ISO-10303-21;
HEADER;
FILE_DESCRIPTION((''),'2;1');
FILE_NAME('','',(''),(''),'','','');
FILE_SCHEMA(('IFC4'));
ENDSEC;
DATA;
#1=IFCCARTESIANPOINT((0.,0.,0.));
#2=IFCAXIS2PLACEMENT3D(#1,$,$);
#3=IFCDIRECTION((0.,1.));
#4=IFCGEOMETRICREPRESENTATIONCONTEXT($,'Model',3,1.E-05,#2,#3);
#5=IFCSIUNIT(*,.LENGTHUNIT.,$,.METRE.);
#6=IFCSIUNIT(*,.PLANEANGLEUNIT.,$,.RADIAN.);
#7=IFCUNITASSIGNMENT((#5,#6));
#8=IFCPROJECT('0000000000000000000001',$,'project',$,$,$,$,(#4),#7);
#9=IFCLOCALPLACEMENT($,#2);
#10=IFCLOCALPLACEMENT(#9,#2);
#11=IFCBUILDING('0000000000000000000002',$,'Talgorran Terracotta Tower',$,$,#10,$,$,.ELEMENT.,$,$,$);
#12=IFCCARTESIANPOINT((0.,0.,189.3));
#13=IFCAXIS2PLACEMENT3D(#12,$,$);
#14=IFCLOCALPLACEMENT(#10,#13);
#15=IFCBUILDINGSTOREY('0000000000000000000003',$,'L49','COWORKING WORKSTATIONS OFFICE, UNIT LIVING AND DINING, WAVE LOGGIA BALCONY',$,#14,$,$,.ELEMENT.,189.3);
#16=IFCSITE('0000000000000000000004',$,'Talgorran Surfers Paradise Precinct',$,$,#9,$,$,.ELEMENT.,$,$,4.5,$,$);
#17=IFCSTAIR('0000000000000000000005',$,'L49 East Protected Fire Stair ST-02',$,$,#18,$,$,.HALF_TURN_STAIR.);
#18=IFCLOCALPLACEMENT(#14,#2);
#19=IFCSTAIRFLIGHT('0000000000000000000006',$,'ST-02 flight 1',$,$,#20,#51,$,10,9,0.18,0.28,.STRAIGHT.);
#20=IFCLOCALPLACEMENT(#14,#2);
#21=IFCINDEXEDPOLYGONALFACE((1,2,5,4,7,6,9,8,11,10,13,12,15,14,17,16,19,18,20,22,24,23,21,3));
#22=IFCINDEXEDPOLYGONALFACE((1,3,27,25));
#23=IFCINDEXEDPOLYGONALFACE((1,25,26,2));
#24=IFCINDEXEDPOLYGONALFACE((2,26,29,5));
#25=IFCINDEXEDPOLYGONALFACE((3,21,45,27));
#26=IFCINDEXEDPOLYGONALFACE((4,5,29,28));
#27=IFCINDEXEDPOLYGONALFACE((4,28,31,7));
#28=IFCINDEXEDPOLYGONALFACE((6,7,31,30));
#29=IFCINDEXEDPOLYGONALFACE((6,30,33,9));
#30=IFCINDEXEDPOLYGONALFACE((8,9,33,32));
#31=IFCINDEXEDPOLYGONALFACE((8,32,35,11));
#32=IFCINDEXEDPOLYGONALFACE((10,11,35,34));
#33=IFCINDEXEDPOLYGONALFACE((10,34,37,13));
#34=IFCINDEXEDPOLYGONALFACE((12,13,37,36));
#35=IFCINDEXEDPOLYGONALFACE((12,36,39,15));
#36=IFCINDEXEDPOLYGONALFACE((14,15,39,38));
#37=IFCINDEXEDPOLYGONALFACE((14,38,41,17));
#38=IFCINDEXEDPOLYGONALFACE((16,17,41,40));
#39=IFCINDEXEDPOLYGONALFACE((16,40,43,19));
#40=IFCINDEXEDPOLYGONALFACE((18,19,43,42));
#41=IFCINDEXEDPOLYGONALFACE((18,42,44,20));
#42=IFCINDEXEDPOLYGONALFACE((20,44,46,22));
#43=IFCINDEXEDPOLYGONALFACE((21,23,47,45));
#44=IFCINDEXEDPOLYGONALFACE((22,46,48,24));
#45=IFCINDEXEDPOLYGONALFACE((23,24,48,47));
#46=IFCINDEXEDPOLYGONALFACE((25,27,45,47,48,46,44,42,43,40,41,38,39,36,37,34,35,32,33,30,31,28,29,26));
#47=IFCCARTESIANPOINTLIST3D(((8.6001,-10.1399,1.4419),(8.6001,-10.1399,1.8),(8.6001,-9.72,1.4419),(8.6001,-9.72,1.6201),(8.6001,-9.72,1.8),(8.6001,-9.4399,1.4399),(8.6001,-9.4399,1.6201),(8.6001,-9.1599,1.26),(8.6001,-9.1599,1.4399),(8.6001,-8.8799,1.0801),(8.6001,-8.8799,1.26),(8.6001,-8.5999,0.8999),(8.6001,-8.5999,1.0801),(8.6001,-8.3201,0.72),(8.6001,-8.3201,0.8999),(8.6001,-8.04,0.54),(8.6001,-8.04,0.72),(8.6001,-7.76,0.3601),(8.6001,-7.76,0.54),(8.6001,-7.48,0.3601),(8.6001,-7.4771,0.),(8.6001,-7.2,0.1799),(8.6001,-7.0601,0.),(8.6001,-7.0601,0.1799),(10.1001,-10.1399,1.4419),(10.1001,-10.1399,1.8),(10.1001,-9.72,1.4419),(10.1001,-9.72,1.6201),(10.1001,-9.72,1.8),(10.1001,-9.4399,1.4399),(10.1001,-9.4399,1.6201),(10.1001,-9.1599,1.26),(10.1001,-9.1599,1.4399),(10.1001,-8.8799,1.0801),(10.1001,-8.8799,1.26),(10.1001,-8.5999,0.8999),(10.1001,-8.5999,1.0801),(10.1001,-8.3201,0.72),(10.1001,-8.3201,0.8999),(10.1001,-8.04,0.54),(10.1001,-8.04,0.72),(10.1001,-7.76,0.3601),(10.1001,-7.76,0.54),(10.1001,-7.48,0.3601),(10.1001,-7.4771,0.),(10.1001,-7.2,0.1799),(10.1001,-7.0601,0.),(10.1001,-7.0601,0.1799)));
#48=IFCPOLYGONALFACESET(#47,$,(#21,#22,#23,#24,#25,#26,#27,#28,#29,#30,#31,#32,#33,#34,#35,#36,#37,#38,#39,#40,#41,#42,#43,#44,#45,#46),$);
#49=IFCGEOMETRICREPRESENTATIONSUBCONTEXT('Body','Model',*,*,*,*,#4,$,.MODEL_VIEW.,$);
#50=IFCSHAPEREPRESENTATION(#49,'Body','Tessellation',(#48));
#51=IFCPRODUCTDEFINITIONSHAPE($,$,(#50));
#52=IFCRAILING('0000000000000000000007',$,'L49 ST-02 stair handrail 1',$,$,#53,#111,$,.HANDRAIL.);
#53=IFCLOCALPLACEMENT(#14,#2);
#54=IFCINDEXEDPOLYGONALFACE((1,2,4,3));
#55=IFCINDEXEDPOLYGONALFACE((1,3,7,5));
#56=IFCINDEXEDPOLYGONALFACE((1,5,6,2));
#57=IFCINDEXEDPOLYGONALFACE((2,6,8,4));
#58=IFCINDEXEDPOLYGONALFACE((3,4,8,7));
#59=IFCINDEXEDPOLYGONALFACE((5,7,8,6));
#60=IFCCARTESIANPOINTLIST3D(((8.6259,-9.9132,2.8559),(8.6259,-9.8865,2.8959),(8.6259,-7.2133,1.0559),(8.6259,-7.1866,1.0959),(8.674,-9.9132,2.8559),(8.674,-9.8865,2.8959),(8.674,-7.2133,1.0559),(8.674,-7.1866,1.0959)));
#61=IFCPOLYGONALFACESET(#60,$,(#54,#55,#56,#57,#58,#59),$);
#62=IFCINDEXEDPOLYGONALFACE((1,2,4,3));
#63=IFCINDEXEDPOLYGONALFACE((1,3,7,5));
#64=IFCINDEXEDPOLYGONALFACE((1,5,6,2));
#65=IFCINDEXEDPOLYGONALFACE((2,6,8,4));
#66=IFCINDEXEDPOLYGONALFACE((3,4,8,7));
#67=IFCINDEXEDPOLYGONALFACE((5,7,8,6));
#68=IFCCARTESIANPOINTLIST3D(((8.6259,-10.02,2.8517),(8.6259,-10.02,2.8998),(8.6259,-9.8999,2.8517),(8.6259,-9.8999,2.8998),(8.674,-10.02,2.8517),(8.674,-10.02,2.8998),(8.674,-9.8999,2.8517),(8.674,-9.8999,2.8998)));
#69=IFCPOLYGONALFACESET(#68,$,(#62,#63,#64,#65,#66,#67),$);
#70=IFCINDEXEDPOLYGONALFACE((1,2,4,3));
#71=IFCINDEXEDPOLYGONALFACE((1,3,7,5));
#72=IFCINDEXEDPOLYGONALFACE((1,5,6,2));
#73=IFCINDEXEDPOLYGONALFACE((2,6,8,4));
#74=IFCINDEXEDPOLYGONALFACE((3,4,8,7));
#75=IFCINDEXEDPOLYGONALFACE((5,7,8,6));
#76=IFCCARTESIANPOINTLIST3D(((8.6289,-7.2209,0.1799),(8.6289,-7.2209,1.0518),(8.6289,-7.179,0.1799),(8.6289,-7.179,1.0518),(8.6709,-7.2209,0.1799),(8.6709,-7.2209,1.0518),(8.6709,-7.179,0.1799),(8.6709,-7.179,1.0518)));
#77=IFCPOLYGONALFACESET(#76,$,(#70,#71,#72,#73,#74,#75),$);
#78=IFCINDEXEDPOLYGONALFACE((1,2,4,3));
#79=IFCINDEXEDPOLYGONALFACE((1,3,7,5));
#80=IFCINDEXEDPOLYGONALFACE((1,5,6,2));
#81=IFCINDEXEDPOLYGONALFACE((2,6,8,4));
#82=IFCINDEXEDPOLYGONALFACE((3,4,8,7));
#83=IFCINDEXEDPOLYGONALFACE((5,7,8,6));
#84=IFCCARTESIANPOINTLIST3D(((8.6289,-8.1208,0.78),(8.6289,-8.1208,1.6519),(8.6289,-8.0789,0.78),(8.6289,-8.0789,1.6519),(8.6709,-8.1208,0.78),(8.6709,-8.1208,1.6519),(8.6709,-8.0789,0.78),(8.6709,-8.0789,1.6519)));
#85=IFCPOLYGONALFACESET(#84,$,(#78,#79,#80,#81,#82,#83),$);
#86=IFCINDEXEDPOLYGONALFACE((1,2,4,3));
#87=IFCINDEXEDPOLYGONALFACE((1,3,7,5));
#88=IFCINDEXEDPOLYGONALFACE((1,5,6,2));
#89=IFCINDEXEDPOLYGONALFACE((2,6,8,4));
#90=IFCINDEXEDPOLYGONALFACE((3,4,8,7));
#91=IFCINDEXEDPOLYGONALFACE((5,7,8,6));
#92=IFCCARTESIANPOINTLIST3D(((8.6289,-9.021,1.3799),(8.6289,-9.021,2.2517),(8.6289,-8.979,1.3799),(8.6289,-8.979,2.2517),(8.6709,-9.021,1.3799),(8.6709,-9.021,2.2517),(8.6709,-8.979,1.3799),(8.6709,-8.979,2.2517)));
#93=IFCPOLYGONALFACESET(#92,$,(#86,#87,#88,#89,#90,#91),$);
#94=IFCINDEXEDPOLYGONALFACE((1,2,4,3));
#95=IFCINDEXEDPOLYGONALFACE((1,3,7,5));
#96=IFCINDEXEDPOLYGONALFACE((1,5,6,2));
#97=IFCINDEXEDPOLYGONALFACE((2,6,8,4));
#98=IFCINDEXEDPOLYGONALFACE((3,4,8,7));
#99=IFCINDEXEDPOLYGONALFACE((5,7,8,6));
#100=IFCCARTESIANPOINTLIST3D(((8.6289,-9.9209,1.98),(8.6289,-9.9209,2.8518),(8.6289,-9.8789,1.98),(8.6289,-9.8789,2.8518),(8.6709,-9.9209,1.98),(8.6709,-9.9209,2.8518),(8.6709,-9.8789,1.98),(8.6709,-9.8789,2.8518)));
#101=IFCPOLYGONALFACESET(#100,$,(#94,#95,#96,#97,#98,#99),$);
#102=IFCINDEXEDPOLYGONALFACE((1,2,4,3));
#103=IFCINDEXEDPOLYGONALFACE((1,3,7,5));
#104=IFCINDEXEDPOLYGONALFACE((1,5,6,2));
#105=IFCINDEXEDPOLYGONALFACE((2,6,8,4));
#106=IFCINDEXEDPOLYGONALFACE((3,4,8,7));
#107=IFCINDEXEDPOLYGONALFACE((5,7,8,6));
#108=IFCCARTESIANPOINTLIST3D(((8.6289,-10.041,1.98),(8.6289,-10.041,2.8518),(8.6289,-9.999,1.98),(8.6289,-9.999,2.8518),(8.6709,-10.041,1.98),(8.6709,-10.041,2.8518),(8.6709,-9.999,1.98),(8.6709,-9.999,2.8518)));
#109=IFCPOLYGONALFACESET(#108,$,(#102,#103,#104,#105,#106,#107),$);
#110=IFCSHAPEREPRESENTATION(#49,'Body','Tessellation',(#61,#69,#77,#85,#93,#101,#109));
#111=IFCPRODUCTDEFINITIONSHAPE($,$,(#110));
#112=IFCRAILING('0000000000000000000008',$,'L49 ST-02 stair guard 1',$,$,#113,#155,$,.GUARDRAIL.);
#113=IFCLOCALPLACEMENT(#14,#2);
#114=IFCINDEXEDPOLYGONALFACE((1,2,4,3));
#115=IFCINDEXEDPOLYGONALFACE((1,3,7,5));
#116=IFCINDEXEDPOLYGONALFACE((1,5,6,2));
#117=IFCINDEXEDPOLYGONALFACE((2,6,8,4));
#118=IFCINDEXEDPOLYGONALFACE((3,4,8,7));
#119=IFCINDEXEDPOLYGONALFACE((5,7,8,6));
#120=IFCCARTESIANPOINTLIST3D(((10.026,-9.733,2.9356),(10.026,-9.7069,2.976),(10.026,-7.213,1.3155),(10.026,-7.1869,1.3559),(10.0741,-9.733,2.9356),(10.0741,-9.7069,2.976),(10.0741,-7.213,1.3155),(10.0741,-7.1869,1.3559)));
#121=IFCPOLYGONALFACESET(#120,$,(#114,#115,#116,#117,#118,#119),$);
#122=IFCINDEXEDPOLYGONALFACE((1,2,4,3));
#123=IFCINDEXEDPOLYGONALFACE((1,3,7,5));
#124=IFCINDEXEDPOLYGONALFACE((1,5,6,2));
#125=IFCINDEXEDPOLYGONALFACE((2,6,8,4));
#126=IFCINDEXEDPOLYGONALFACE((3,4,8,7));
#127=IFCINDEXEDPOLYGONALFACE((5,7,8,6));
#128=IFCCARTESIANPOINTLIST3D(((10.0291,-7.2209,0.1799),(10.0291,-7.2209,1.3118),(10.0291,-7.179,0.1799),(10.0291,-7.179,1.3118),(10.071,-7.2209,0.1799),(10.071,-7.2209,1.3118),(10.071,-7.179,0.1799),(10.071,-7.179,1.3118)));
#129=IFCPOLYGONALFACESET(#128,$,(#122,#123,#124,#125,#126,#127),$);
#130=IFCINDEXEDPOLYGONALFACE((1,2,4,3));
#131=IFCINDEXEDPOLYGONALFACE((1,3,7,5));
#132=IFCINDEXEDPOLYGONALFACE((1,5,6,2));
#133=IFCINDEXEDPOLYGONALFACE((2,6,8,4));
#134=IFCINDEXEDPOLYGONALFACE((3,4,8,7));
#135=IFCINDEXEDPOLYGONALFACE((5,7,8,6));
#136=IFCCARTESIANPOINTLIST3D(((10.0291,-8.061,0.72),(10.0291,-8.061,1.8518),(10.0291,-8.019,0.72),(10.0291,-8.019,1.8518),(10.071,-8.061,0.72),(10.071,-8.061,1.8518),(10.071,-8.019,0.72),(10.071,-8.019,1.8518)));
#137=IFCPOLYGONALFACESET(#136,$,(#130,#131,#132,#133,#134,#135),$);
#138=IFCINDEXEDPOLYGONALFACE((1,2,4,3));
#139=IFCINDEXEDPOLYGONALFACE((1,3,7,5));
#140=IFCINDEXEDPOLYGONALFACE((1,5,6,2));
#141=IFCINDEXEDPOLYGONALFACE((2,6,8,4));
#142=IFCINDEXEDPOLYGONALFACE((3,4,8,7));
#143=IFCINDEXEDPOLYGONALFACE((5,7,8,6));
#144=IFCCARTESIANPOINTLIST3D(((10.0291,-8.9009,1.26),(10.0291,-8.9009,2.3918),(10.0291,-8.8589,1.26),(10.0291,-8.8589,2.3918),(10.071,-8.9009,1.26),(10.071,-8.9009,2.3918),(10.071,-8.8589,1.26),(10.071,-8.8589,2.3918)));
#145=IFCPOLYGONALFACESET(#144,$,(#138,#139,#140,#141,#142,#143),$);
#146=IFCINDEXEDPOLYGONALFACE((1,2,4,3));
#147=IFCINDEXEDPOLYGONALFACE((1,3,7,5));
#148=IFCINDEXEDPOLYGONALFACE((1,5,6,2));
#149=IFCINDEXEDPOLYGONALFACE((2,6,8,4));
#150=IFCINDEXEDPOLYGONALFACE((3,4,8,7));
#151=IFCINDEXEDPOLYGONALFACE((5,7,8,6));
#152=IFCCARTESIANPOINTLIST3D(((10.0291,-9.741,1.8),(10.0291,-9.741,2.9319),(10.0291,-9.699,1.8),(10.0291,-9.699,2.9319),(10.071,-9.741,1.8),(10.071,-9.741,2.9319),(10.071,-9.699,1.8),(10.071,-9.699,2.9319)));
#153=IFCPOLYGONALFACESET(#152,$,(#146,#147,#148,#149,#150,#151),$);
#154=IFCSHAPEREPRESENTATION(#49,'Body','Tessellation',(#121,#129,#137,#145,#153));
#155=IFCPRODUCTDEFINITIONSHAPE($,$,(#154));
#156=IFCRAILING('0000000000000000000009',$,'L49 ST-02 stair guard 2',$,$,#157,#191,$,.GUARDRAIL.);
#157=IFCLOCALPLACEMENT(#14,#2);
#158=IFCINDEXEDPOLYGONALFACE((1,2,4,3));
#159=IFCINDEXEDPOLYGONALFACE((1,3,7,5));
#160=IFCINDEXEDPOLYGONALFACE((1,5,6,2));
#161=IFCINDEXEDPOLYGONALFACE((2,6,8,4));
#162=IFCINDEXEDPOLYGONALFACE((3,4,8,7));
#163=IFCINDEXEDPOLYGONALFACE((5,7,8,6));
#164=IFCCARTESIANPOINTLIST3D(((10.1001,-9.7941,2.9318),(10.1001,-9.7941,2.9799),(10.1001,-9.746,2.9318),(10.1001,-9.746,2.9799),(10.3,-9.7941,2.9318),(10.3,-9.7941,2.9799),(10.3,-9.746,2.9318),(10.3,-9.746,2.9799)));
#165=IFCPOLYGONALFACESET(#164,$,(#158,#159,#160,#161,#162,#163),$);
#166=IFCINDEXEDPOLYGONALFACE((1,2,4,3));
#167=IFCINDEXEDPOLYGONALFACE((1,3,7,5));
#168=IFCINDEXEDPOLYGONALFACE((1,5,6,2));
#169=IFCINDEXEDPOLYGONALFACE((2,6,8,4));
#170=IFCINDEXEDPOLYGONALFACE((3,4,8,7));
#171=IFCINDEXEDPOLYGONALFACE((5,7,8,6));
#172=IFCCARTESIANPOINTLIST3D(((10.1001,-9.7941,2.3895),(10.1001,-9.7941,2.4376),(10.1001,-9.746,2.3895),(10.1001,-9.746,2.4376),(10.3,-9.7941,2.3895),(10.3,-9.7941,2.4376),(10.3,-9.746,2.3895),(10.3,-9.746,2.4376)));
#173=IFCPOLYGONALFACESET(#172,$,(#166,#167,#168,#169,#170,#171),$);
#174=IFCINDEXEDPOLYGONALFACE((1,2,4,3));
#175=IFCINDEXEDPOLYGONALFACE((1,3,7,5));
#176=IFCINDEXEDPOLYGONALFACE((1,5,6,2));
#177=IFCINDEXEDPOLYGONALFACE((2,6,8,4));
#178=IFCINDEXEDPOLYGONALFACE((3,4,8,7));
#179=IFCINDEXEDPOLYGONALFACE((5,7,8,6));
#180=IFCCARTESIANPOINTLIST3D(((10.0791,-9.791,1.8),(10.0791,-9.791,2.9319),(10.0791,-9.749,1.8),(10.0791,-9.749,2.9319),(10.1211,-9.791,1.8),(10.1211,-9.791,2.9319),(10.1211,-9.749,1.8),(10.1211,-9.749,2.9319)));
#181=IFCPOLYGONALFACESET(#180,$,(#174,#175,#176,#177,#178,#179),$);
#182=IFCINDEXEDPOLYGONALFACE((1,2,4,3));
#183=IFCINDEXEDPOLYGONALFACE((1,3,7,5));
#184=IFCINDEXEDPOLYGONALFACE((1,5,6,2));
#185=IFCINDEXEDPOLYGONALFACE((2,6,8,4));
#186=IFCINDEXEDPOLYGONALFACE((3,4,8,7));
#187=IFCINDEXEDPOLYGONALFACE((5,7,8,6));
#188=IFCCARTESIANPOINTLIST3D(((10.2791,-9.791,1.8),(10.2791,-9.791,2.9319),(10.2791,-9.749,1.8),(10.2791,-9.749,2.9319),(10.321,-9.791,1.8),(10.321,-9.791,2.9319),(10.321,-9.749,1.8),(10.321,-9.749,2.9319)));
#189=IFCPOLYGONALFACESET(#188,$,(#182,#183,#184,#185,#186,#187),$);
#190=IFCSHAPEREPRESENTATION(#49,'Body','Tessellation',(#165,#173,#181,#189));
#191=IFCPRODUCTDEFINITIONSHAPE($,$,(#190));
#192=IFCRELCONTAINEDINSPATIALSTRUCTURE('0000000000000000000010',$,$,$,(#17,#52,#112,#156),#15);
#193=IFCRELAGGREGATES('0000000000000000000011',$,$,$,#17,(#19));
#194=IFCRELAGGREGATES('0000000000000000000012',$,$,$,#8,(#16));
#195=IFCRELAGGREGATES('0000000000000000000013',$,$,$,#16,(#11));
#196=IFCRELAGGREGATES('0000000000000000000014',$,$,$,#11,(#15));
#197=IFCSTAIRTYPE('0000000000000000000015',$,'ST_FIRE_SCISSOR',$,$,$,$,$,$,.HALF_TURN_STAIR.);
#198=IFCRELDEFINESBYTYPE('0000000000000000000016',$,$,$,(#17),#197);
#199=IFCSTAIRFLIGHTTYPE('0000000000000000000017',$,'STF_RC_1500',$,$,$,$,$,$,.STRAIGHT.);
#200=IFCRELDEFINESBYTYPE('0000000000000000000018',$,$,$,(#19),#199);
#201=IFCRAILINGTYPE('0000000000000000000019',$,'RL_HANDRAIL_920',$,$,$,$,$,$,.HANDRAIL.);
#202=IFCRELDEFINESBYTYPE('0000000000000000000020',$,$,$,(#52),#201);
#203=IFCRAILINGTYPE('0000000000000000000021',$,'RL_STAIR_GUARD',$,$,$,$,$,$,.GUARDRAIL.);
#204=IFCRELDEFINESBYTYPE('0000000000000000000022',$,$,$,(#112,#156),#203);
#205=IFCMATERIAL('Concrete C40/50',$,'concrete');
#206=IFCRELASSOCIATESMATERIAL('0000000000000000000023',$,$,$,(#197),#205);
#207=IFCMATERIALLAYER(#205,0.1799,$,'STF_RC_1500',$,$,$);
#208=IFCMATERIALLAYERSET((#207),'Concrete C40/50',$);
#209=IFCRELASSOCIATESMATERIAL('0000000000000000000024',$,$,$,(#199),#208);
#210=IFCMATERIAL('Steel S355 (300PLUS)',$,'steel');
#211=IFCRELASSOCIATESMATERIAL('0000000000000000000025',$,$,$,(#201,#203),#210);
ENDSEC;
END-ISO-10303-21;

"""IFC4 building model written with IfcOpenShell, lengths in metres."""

from ifc_helpers import new_model, si_unit, direction, frame, origin, origin_2d, place, context, subcontext, project, spatial, polyline, rectangle, outline, extrude, material, layer, layer_set, type_object, element, aggregate, save


model = new_model("IFC4")

# Units and contexts
model_context = context("Model", 3, precision=1e-05, world=origin(), true_north=direction((0.0, 1.0)))
body_context = subcontext(model_context, "Body", "Model", "MODEL_VIEW")
ifc_project = project(units=[si_unit("LENGTHUNIT", "METRE"), si_unit("PLANEANGLEUNIT", "RADIAN")], contexts=[model_context])

# Site, building, storey
site_placement = place(None, origin())
site = spatial("IfcSite", under=ifc_project, at=site_placement, Name="Talgorran Surfers Paradise Precinct", CompositionType="ELEMENT", RefElevation=4.5)
building_placement = place(site_placement, origin())
building = spatial("IfcBuilding", under=site, at=building_placement, Name="Talgorran Terracotta Tower", CompositionType="ELEMENT")
storey_placement = place(building_placement, frame((0.0, 0.0, 189.3)))
storey = spatial("IfcBuildingStorey", under=building, at=storey_placement, Name="L49", Description="COWORKING WORKSTATIONS OFFICE, UNIT LIVING AND DINING, WAVE LOGGIA BALCONY", CompositionType="ELEMENT", Elevation=189.3)

# Shared definitions
ifc_material_1 = material(Name="Steel S355 (300PLUS)", Category="steel")

# Stair, stair flight
ifc_material_2 = material(Name="Concrete C40/50", Category="concrete")
stair_type = type_object("IfcStairType", Name="ST_FIRE_SCISSOR", PredefinedType="HALF_TURN_STAIR", material=ifc_material_2)
stair_placement = place(storey_placement, origin())
stair = element("IfcStair", 1, at=stair_placement, inside=storey, type_object=stair_type, Name="L49 East Protected Fire Stair ST-02", PredefinedType="HALF_TURN_STAIR")
ifc_layer_1 = layer(ifc_material_2, 0.1799, Name="STF_RC_1500")
ifc_layer_set_1 = layer_set([ifc_layer_1], Name="Concrete C40/50")
stair_flight_type = type_object("IfcStairFlightType", Name="STF_RC_1500", PredefinedType="STRAIGHT", material=ifc_layer_set_1)
stair_flight_placement = place(storey_placement, frame((9.3501, -7.2, 0.0), z_axis=(0.0, 0.0, 1.0), x_axis=(0.0, -1.0, 0.0)))
stair_flight = element("IfcStairFlight", 2, at=stair_flight_placement, type_object=stair_flight_type, Name="ST-02 flight 1", NumberOfRisers=10, NumberOfTreads=9, PredefinedType="STRAIGHT", RiserHeight=0.18, TreadLength=0.28, context=body_context, shape_type="SweptSolid", body=[
    extrude(outline(polyline([(-0.1399, 0.0), (-0.1399, 0.1799), (0.0, 0.1799), (0.28, 0.3601), (0.5601, 0.3601), (0.5601, 0.54), (0.8401, 0.54), (0.8401, 0.72), (1.1201, 0.72), (1.1201, 0.8999), (1.3999, 0.8999), (1.3999, 1.0801), (1.6799, 1.0801), (1.6799, 1.26), (1.96, 1.26), (1.96, 1.4399), (2.24, 1.4399), (2.24, 1.6201), (2.52, 1.6201), (2.52, 1.8), (2.9399, 1.8), (2.9399, 1.4419), (2.52, 1.4419), (0.2771, 0.0), (-0.1399, 0.0)])), frame((0.0, 0.75, 0.0), z_axis=(0.0, -1.0, 0.0), x_axis=(1.0, 0.0, 0.0)), (0.0, 0.0, 1.0), 1.5),
])
aggregate(stair, [stair_flight])

# Railings
railing_type_1 = type_object("IfcRailingType", Name="RL_HANDRAIL_920", PredefinedType="HANDRAIL", material=ifc_material_1)
railing_1_placement = place(storey_placement, frame((8.6499, -7.2, 0.1799)))
element("IfcRailing", 3, at=railing_1_placement, inside=storey, type_object=railing_type_1, Name="L49 ST-02 stair handrail 1", PredefinedType="HANDRAIL", context=body_context, shape_type="SweptSolid", body=[
    extrude(rectangle(XDim=0.0481, YDim=0.0481, at=origin_2d()), frame((0.0, 0.0, 0.896), z_axis=(0.0, -0.832039, 0.554718), x_axis=(1.0, 0.0, 0.0)), (0.0, 0.0, 1.0), 3.2449),
    extrude(rectangle(XDim=0.0481, YDim=0.0481, at=origin_2d()), frame((0.0, -2.7, 2.6958), z_axis=(0.0, -1.0, 0.0), x_axis=(1.0, 0.0, 0.0)), (0.0, 0.0, 1.0), 0.1201),
    extrude(rectangle(XDim=0.042, YDim=0.042, at=origin_2d()), origin(), (0.0, 0.0, 1.0), 0.8718),
    extrude(rectangle(XDim=0.042, YDim=0.042, at=origin_2d()), frame((0.0, -0.8999, 0.6001)), (0.0, 0.0, 1.0), 0.8718),
    extrude(rectangle(XDim=0.042, YDim=0.042, at=origin_2d()), frame((0.0, -1.8, 1.2)), (0.0, 0.0, 1.0), 0.8718),
    extrude(rectangle(XDim=0.042, YDim=0.042, at=origin_2d()), frame((0.0, -2.7, 1.8)), (0.0, 0.0, 1.0), 0.8718),
    extrude(rectangle(XDim=0.042, YDim=0.042, at=origin_2d()), frame((0.0, -2.8201, 1.8)), (0.0, 0.0, 1.0), 0.8718),
])
railing_type_2 = type_object("IfcRailingType", Name="RL_STAIR_GUARD", PredefinedType="GUARDRAIL", material=ifc_material_1)
railing_2_placement = place(storey_placement, frame((10.05, -7.2, 0.1799)))
element("IfcRailing", 4, at=railing_2_placement, inside=storey, type_object=railing_type_2, Name="L49 ST-02 stair guard 1", PredefinedType="GUARDRAIL", context=body_context, shape_type="SweptSolid", body=[
    extrude(rectangle(XDim=0.0481, YDim=0.0481, at=origin_2d()), frame((0.0, 0.0, 1.1558), z_axis=(0.0, -0.841163, 0.540782), x_axis=(1.0, 0.0, 0.0)), (0.0, 0.0, 1.0), 2.9958),
    extrude(rectangle(XDim=0.042, YDim=0.042, at=origin_2d()), origin(), (0.0, 0.0, 1.0), 1.1318),
    extrude(rectangle(XDim=0.042, YDim=0.042, at=origin_2d()), frame((0.0, -0.8401, 0.54)), (0.0, 0.0, 1.0), 1.1318),
    extrude(rectangle(XDim=0.042, YDim=0.042, at=origin_2d()), frame((0.0, -1.6799, 1.0801)), (0.0, 0.0, 1.0), 1.1318),
    extrude(rectangle(XDim=0.042, YDim=0.042, at=origin_2d()), frame((0.0, -2.52, 1.6201)), (0.0, 0.0, 1.0), 1.1318),
])
railing_3_placement = place(storey_placement, frame((10.1001, -9.77, 1.8)))
element("IfcRailing", 5, at=railing_3_placement, inside=storey, type_object=railing_type_2, Name="L49 ST-02 stair guard 2", PredefinedType="GUARDRAIL", context=body_context, shape_type="SweptSolid", body=[
    extrude(rectangle(XDim=0.0481, YDim=0.0481, at=origin_2d()), frame((0.0, 0.0, 1.1558), z_axis=(1.0, 0.0, 0.0), x_axis=(0.0, 1.0, 0.0)), (0.0, 0.0, 1.0), 0.2),
    extrude(rectangle(XDim=0.0481, YDim=0.0481, at=origin_2d()), frame((0.0, 0.0, 0.6135), z_axis=(1.0, 0.0, 0.0), x_axis=(0.0, 1.0, 0.0)), (0.0, 0.0, 1.0), 0.2),
    extrude(rectangle(XDim=0.042, YDim=0.042, at=origin_2d()), origin(), (0.0, 0.0, 1.0), 1.1318),
    extrude(rectangle(XDim=0.042, YDim=0.042, at=origin_2d()), frame((0.2, 0.0, 0.0)), (0.0, 0.0, 1.0), 1.1318),
])

save(model, "model.ifc")
